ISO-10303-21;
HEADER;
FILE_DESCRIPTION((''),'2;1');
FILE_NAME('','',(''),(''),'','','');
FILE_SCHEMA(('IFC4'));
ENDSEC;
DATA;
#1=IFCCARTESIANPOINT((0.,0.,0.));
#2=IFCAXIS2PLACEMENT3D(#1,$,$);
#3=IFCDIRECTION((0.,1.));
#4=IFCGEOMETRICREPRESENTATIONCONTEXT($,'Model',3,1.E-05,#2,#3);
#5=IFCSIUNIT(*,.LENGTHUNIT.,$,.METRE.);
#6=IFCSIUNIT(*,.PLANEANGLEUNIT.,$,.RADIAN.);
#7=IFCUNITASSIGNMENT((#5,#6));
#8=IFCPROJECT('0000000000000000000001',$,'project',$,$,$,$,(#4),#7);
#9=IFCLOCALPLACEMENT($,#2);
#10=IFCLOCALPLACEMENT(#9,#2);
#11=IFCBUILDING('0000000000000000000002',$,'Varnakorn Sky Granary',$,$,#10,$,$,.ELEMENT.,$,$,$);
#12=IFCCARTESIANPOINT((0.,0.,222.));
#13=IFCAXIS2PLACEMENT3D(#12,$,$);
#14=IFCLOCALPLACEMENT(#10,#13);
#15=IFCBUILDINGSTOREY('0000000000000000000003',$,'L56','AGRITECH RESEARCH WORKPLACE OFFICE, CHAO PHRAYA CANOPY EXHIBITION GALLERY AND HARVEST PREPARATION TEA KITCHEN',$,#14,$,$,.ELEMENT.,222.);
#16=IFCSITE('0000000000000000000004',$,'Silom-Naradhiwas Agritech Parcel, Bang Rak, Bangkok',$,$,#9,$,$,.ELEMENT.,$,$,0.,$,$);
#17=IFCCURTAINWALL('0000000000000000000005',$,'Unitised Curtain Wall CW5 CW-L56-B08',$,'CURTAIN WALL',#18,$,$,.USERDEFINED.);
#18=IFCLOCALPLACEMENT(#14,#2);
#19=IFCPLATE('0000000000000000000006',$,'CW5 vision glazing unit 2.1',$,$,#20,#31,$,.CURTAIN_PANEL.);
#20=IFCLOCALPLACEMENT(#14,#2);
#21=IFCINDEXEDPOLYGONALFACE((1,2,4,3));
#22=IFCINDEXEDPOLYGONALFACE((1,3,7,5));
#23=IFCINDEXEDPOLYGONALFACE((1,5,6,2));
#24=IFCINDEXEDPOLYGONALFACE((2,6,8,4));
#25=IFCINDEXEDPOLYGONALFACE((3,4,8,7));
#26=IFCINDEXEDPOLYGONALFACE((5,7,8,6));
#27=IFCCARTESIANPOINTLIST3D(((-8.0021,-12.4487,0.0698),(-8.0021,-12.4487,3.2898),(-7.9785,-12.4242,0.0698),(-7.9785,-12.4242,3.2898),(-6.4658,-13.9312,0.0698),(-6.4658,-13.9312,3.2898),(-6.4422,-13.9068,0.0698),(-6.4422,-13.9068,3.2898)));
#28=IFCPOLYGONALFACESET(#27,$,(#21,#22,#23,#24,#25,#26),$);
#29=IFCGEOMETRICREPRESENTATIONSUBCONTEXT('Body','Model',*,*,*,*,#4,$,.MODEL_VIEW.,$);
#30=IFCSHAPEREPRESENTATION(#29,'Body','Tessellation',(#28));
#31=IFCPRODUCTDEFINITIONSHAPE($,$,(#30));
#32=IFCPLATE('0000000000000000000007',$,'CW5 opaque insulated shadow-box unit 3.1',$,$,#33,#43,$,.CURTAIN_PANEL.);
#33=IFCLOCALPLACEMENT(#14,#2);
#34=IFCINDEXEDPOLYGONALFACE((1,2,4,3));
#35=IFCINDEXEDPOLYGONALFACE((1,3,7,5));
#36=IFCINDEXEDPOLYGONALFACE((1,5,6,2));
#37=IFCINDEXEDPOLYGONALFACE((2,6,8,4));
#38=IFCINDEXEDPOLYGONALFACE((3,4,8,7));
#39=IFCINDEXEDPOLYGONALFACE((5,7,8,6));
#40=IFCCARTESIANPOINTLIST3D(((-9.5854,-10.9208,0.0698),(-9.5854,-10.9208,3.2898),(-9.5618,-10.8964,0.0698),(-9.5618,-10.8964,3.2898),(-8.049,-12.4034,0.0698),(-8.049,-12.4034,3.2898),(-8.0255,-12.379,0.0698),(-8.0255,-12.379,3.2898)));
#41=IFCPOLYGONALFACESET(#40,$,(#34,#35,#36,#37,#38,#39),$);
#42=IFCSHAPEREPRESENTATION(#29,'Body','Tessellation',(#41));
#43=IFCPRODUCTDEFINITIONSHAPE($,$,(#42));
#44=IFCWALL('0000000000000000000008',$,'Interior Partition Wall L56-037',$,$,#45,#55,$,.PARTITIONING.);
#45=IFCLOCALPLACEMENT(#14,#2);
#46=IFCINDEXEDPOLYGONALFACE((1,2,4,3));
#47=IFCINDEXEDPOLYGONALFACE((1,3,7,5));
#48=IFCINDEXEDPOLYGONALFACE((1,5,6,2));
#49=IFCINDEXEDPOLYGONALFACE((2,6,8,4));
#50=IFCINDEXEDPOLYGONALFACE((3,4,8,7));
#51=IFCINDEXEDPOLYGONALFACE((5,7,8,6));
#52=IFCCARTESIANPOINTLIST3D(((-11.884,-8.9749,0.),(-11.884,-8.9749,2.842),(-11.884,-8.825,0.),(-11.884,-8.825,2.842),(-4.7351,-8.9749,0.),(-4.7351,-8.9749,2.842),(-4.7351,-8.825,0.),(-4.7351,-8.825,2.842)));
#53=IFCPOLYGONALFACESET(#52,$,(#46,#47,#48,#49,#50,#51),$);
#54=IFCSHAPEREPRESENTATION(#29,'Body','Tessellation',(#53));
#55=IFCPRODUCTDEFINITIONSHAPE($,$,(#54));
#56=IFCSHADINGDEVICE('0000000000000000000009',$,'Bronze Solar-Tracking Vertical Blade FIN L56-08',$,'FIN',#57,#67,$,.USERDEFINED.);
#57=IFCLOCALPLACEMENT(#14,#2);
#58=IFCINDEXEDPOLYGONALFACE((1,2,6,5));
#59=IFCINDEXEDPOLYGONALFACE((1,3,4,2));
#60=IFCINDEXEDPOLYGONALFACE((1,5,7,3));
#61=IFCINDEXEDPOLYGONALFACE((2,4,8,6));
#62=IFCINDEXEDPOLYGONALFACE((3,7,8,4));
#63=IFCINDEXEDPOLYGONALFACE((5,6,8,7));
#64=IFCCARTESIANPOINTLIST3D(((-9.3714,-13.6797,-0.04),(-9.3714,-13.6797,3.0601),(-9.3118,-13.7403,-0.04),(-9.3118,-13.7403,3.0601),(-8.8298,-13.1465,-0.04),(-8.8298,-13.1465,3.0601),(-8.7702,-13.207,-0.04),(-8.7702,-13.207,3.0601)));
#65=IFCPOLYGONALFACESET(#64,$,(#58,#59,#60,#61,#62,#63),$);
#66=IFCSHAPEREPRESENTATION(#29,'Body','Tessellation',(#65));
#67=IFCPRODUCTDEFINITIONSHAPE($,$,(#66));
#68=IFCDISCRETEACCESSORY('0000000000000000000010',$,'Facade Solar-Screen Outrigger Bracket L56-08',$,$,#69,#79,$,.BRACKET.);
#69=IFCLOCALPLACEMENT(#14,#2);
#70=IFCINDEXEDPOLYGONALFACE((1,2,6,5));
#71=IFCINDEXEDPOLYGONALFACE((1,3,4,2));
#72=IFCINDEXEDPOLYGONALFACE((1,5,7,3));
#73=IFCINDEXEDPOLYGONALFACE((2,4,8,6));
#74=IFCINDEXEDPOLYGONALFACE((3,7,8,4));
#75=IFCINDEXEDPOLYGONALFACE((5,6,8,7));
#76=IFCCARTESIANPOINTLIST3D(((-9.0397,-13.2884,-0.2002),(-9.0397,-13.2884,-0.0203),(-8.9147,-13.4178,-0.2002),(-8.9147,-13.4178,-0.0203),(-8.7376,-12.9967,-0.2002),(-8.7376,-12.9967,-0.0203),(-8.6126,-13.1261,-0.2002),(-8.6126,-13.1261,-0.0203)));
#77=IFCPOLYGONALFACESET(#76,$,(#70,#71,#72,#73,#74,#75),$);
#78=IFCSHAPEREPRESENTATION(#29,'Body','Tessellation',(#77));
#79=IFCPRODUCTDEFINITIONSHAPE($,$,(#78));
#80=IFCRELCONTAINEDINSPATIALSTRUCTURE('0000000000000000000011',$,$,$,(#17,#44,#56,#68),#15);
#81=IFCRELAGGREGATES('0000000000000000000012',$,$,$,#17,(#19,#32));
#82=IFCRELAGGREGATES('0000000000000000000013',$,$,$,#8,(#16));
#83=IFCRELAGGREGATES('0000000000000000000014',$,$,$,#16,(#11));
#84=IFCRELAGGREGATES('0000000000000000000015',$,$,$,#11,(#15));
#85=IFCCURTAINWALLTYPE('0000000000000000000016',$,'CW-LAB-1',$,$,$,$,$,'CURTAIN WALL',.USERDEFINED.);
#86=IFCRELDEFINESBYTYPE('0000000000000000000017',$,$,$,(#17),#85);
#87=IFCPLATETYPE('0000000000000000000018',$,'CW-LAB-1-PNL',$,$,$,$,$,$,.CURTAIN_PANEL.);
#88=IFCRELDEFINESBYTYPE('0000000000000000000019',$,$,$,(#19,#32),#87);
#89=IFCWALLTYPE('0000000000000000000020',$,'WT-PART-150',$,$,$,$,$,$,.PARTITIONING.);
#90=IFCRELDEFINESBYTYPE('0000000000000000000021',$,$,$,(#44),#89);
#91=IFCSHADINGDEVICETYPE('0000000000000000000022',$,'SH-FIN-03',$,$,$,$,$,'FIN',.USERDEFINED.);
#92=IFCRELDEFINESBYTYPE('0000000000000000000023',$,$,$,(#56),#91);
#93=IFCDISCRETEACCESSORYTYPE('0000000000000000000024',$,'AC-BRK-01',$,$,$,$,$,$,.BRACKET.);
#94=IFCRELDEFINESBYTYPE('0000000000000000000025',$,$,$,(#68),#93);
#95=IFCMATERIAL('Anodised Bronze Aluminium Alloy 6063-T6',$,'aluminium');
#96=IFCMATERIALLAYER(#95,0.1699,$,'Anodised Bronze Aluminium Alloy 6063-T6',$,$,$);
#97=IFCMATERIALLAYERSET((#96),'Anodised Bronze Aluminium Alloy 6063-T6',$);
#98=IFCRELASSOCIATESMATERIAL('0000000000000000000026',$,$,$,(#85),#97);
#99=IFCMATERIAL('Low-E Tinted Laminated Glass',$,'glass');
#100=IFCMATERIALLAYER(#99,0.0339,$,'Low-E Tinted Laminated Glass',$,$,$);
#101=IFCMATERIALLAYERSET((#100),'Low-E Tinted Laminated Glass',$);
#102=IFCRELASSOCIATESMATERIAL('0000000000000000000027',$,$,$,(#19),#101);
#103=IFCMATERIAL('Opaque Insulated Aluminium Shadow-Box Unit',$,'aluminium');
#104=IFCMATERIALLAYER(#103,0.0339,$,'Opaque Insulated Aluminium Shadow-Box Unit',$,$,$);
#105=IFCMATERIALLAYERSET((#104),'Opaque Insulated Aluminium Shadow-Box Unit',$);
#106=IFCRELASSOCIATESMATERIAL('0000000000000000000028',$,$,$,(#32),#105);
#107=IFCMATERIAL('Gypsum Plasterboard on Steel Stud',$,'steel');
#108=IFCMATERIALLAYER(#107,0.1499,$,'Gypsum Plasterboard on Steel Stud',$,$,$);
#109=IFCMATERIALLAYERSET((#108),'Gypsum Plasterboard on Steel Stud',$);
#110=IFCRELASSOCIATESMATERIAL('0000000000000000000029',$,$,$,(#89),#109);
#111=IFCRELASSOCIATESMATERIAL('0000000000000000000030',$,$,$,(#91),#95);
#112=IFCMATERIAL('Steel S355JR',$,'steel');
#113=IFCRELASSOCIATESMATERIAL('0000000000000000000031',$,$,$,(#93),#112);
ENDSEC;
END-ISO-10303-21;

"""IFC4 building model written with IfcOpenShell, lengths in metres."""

from ifc_helpers import new_model, si_unit, direction, frame, frame_2d, origin, origin_2d, place, context, subcontext, project, spatial, rectangle, extrude, source, transform, mapped, material, layer, layer_set, type_object, type_shapes, element, aggregate, save


model = new_model("IFC4")

# Units and contexts
model_context = context("Model", 3, precision=1e-05, world=origin(), true_north=direction((0.0, 1.0)))
body_context = subcontext(model_context, "Body", "Model", "MODEL_VIEW")
ifc_project = project(units=[si_unit("LENGTHUNIT", "METRE"), si_unit("PLANEANGLEUNIT", "RADIAN")], contexts=[model_context])

# Site, building, storey
site_placement = place(None, origin())
site = spatial("IfcSite", under=ifc_project, at=site_placement, Name="Silom-Naradhiwas Agritech Parcel, Bang Rak, Bangkok", CompositionType="ELEMENT", RefElevation=0.0)
building_placement = place(site_placement, origin())
building = spatial("IfcBuilding", under=site, at=building_placement, Name="Varnakorn Sky Granary", CompositionType="ELEMENT")
storey_placement = place(building_placement, frame((0.0, 0.0, 222.0)))
storey = spatial("IfcBuildingStorey", under=building, at=storey_placement, Name="L56", Description="AGRITECH RESEARCH WORKPLACE OFFICE, CHAO PHRAYA CANOPY EXHIBITION GALLERY AND HARVEST PREPARATION TEA KITCHEN", CompositionType="ELEMENT", Elevation=222.0)

# Shared definitions
ifc_material_1 = material(Name="Steel S355JR", Category="steel")

# Shared definitions
ifc_material_2 = material(Name="Anodised Bronze Aluminium Alloy 6063-T6", Category="aluminium")
ifc_layer_1 = layer(ifc_material_2, 0.1699, Name="Anodised Bronze Aluminium Alloy 6063-T6")
ifc_layer_set_1 = layer_set([ifc_layer_1], Name="Anodised Bronze Aluminium Alloy 6063-T6")
curtain_wall_type = type_object("IfcCurtainWallType", Name="CW-LAB-1", ElementType="CURTAIN WALL", PredefinedType="USERDEFINED", material=ifc_layer_set_1)

# Curtain wall
curtain_wall_1_placement = place(storey_placement, origin())
curtain_wall_1 = element("IfcCurtainWall", 1, at=curtain_wall_1_placement, inside=storey, type_object=curtain_wall_type, Name="Unitised Curtain Wall CW5 CW-L56-B08", ObjectType="CURTAIN WALL", PredefinedType="USERDEFINED")

# Plates
ifc_material_3 = material(Name="Opaque Insulated Aluminium Shadow-Box Unit", Category="aluminium")
ifc_layer_2 = layer(ifc_material_3, 0.0339, Name="Opaque Insulated Aluminium Shadow-Box Unit")
ifc_layer_set_2 = layer_set([ifc_layer_2], Name="Opaque Insulated Aluminium Shadow-Box Unit")
plate_type = type_object("IfcPlateType", Name="CW-LAB-1-PNL", PredefinedType="CURTAIN_PANEL")
ifc_material_4 = material(Name="Low-E Tinted Laminated Glass", Category="glass")
ifc_layer_3 = layer(ifc_material_4, 0.0339, Name="Low-E Tinted Laminated Glass")
ifc_layer_set_3 = layer_set([ifc_layer_3], Name="Low-E Tinted Laminated Glass")
shared_shape_1 = source(origin(), body_context, "Body", "SweptSolid", [
    extrude(rectangle(XDim=2.135, YDim=0.0339, at=origin_2d()), origin(), (0.0, 0.0, 1.0), 3.22),
])
plate_1_placement = place(storey_placement, frame((-7.2222, -13.1777, 0.0698), z_axis=(0.0, 0.0, 1.0), x_axis=(-0.719585, 0.694404, 0.0)))
plate_1 = element("IfcPlate", 2, at=plate_1_placement, type_object=plate_type, material=ifc_layer_set_3, Name="CW5 vision glazing unit 2.1", PredefinedType="CURTAIN_PANEL", context=body_context, shape_type="MappedRepresentation", body=[
    mapped(shared_shape_1, transform((0.0, 0.0, 0.0), x_axis=(1.0, 0.0, 0.0), y_axis=(0.0, 1.0, 0.0), z_axis=(0.0, 0.0, 1.0), scale=1.0)),
])
plate_2_placement = place(storey_placement, frame((-8.8054, -11.6499, 0.0698), z_axis=(0.0, 0.0, 1.0), x_axis=(-0.719585, 0.694404, 0.0)))
plate_2 = element("IfcPlate", 3, at=plate_2_placement, type_object=plate_type, material=ifc_layer_set_2, Name="CW5 opaque insulated shadow-box unit 3.1", PredefinedType="CURTAIN_PANEL", context=body_context, shape_type="MappedRepresentation", body=[
    mapped(shared_shape_1, transform((0.0, 0.0, 0.0), x_axis=(1.0, 0.0, 0.0), y_axis=(0.0, 1.0, 0.0), z_axis=(0.0, 0.0, 1.0), scale=1.0)),
])
aggregate(curtain_wall_1, [plate_1, plate_2])

# Wall
ifc_material_5 = material(Name="Gypsum Plasterboard on Steel Stud", Category="steel")
ifc_layer_4 = layer(ifc_material_5, 0.1499, Name="Gypsum Plasterboard on Steel Stud")
ifc_layer_set_4 = layer_set([ifc_layer_4], Name="Gypsum Plasterboard on Steel Stud")
wall_type = type_object("IfcWallType", Name="WT-PART-150", PredefinedType="PARTITIONING", material=ifc_layer_set_4)
wall_placement = place(storey_placement, frame((-11.884, -8.8999, 0.0), z_axis=(0.0, 0.0, 1.0), x_axis=(1.0, 0.0, 0.0)))
element("IfcWall", 4, at=wall_placement, inside=storey, type_object=wall_type, Name="Interior Partition Wall L56-037", PredefinedType="PARTITIONING", context=body_context, shape_type="SweptSolid", body=[
    extrude(rectangle(XDim=7.1489, YDim=0.1499, at=frame_2d((3.5745, 0.0))), origin(), (0.0, 0.0, 1.0), 2.842),
])

# Shading device
shading_device_type = type_object("IfcShadingDeviceType", Name="SH-FIN-03", ElementType="FIN", PredefinedType="USERDEFINED", material=ifc_material_2)
shared_shape_2 = source(origin(), body_context, "Body", "SweptSolid", [
    extrude(rectangle(XDim=0.085, YDim=0.76, at=origin_2d()), origin(), (0.0, 0.0, 1.0), 3.1001),
])
type_shapes(shading_device_type, [shared_shape_2])
shading_device_placement = place(storey_placement, frame((-9.0708, -13.4434, -0.04), z_axis=(0.0, 0.0, 1.0), x_axis=(0.701639, -0.712532, 0.0)))
element("IfcShadingDevice", 5, at=shading_device_placement, inside=storey, type_object=shading_device_type, Name="Bronze Solar-Tracking Vertical Blade FIN L56-08", ObjectType="FIN", PredefinedType="USERDEFINED", context=body_context, shape_type="MappedRepresentation", body=[
    mapped(shared_shape_2, transform((0.0, 0.0, 0.0), x_axis=(1.0, 0.0, 0.0), y_axis=(0.0, 1.0, 0.0), z_axis=(0.0, 0.0, 1.0), scale=1.0)),
])

# Discrete accessory
discrete_accessory_type = type_object("IfcDiscreteAccessoryType", Name="AC-BRK-01", PredefinedType="BRACKET", material=ifc_material_1)
shared_shape_3 = source(origin(), body_context, "Body", "SweptSolid", [
    extrude(rectangle(XDim=0.1799, YDim=0.4199, at=origin_2d()), origin(), (0.0, 0.0, 1.0), 0.1799),
])
type_shapes(discrete_accessory_type, [shared_shape_3])
discrete_accessory_placement = place(storey_placement, frame((-8.8262, -13.2073, -0.2002), z_axis=(0.0, 0.0, 1.0), x_axis=(0.694666, -0.719332, 0.0)))
element("IfcDiscreteAccessory", 6, at=discrete_accessory_placement, inside=storey, type_object=discrete_accessory_type, Name="Facade Solar-Screen Outrigger Bracket L56-08", PredefinedType="BRACKET", context=body_context, shape_type="MappedRepresentation", body=[
    mapped(shared_shape_3, transform((0.0, 0.0, 0.0), x_axis=(1.0, 0.0, 0.0), y_axis=(0.0, 1.0, 0.0), z_axis=(0.0, 0.0, 1.0), scale=1.0)),
])

save(model, "model.ifc")
